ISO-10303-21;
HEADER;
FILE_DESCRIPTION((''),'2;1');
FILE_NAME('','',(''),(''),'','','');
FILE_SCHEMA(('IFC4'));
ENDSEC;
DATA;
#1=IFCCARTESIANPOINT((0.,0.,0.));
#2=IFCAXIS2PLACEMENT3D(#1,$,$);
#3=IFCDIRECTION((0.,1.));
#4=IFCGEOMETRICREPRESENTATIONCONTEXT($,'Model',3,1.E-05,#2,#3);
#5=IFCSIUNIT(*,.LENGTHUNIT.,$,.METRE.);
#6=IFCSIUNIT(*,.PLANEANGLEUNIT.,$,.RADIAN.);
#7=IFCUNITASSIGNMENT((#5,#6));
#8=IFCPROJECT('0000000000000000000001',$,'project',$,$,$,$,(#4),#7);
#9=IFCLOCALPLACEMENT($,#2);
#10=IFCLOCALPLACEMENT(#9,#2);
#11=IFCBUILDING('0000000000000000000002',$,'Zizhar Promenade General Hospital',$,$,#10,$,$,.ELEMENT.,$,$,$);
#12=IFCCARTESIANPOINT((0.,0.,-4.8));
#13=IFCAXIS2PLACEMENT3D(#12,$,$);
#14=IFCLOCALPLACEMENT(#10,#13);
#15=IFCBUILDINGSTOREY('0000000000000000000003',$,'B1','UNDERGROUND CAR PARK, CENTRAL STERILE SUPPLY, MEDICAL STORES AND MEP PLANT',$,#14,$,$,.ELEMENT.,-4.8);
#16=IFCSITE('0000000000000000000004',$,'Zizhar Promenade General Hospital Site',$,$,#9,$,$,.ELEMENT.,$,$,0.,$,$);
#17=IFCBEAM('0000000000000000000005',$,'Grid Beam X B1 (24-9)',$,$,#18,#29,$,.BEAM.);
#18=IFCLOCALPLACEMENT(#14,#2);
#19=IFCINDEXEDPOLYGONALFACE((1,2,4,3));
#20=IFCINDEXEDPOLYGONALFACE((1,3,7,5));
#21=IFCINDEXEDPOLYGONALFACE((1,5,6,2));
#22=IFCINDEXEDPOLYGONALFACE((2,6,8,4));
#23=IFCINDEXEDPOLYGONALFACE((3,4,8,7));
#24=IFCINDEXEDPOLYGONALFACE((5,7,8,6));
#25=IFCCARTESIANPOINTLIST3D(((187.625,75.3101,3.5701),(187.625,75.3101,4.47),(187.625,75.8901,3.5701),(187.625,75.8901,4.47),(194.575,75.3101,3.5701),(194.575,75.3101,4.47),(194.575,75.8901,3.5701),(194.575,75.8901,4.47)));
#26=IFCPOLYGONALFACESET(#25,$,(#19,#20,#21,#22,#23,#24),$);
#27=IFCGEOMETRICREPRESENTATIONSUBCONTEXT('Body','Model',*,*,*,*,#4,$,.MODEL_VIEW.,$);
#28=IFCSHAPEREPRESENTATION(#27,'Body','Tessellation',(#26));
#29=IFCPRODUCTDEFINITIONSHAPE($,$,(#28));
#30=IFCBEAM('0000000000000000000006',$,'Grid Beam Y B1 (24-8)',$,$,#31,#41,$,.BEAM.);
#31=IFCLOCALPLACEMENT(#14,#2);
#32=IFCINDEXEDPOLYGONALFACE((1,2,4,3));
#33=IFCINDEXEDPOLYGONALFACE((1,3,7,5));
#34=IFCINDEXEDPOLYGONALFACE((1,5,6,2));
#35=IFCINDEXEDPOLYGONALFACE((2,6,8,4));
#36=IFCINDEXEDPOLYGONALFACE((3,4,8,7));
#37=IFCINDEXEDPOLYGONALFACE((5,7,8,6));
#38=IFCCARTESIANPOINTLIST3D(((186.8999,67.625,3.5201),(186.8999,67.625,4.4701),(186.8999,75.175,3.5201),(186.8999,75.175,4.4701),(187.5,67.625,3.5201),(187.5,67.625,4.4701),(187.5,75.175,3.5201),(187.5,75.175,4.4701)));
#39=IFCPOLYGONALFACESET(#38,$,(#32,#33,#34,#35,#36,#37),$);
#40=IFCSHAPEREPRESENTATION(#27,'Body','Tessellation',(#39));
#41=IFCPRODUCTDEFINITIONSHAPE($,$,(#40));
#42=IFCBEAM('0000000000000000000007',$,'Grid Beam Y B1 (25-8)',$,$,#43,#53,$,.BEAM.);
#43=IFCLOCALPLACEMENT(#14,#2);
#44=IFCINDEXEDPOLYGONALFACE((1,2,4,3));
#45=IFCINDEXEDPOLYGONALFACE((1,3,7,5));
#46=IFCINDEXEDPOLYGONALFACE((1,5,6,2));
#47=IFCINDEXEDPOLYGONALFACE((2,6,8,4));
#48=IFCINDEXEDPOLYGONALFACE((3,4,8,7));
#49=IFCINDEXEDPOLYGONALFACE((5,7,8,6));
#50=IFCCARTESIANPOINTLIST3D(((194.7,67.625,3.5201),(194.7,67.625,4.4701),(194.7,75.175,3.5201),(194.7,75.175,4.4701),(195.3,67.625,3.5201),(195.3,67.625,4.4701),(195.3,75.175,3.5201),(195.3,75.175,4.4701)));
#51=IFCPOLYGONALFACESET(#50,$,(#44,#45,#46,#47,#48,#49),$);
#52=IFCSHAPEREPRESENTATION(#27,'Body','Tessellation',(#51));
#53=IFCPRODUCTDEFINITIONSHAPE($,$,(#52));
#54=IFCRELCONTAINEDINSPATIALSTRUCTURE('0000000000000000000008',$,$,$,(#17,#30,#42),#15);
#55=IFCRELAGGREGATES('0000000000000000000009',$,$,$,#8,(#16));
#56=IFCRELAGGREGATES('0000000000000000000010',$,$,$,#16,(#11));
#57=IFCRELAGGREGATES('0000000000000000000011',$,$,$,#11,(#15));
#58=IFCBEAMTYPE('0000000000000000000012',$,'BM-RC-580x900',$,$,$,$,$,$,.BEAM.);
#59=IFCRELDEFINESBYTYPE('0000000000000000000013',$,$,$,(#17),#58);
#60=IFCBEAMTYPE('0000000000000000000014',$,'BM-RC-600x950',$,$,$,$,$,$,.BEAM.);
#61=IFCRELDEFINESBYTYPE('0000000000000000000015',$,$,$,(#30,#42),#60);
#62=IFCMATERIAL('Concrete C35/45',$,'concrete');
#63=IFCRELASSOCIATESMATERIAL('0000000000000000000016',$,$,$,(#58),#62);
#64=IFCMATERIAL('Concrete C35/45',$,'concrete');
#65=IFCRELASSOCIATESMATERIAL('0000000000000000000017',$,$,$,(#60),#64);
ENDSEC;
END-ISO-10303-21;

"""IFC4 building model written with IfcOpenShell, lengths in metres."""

from ifc_helpers import new_model, si_unit, direction, frame, origin, origin_2d, place, context, subcontext, project, spatial, rectangle, extrude, material, material_profile, profile_set, type_object, element, save


model = new_model("IFC4")

# Units and contexts
model_context = context("Model", 3, precision=1e-05, world=origin(), true_north=direction((0.0, 1.0)))
body_context = subcontext(model_context, "Body", "Model", "MODEL_VIEW")
ifc_project = project(units=[si_unit("LENGTHUNIT", "METRE"), si_unit("PLANEANGLEUNIT", "RADIAN")], contexts=[model_context])

# Site, building, storey
site_placement = place(None, origin())
site = spatial("IfcSite", under=ifc_project, at=site_placement, Name="Zizhar Promenade General Hospital Site", CompositionType="ELEMENT", RefElevation=0.0)
building_placement = place(site_placement, origin())
building = spatial("IfcBuilding", under=site, at=building_placement, Name="Zizhar Promenade General Hospital", CompositionType="ELEMENT")
storey_placement = place(building_placement, frame((0.0, 0.0, -4.8)))
storey = spatial("IfcBuildingStorey", under=building, at=storey_placement, Name="B1", Description="UNDERGROUND CAR PARK, CENTRAL STERILE SUPPLY, MEDICAL STORES AND MEP PLANT", CompositionType="ELEMENT", Elevation=-4.8)

# Beams
ifc_material_1 = material(Name="Concrete C35/45", Category="concrete")
ifc_material_profile_1 = material_profile(ifc_material_1, rectangle(XDim=0.5801, YDim=0.8999, at=origin_2d()))
ifc_profile_set_1 = profile_set([ifc_material_profile_1], Name="Concrete C35/45")
beam_type_1 = type_object("IfcBeamType", Name="BM-RC-580x900", PredefinedType="BEAM", material=ifc_profile_set_1)
for number, where, z_axis, x_axis, name in (
    (1, (187.625, 75.6001, 4.02), (1.0, 0.0, 0.0), (0.0, 1.0, 0.0), "Grid Beam X B1 (24-9)"),
):
    element("IfcBeam", number, at=place(storey_placement, frame(where, z_axis=z_axis, x_axis=x_axis)), inside=storey, type_object=beam_type_1, Name=name, PredefinedType="BEAM", context=body_context, shape_type="SweptSolid", body=[
        extrude(rectangle(XDim=0.5801, YDim=0.8999, at=origin_2d()), origin(), (0.0, 0.0, 1.0), 6.95),
    ])
ifc_material_2 = material(Name="Concrete C35/45", Category="concrete")
ifc_material_profile_2 = material_profile(ifc_material_2, rectangle(XDim=0.6001, YDim=0.95, at=origin_2d()))
ifc_profile_set_2 = profile_set([ifc_material_profile_2], Name="Concrete C35/45")
beam_type_2 = type_object("IfcBeamType", Name="BM-RC-600x950", PredefinedType="BEAM", material=ifc_profile_set_2)
for number, where, z_axis, x_axis, name in (
    (2, (187.2, 67.625, 3.9951), (0.0, 1.0, 0.0), (-1.0, 0.0, 0.0), "Grid Beam Y B1 (24-8)"),
    (3, (195.0, 67.625, 3.9951), (0.0, 1.0, 0.0), (-1.0, 0.0, 0.0), "Grid Beam Y B1 (25-8)"),
):
    element("IfcBeam", number, at=place(storey_placement, frame(where, z_axis=z_axis, x_axis=x_axis)), inside=storey, type_object=beam_type_2, Name=name, PredefinedType="BEAM", context=body_context, shape_type="SweptSolid", body=[
        extrude(rectangle(XDim=0.6001, YDim=0.95, at=origin_2d()), origin(), (0.0, 0.0, 1.0), 7.55),
    ])

save(model, "model.ifc")
